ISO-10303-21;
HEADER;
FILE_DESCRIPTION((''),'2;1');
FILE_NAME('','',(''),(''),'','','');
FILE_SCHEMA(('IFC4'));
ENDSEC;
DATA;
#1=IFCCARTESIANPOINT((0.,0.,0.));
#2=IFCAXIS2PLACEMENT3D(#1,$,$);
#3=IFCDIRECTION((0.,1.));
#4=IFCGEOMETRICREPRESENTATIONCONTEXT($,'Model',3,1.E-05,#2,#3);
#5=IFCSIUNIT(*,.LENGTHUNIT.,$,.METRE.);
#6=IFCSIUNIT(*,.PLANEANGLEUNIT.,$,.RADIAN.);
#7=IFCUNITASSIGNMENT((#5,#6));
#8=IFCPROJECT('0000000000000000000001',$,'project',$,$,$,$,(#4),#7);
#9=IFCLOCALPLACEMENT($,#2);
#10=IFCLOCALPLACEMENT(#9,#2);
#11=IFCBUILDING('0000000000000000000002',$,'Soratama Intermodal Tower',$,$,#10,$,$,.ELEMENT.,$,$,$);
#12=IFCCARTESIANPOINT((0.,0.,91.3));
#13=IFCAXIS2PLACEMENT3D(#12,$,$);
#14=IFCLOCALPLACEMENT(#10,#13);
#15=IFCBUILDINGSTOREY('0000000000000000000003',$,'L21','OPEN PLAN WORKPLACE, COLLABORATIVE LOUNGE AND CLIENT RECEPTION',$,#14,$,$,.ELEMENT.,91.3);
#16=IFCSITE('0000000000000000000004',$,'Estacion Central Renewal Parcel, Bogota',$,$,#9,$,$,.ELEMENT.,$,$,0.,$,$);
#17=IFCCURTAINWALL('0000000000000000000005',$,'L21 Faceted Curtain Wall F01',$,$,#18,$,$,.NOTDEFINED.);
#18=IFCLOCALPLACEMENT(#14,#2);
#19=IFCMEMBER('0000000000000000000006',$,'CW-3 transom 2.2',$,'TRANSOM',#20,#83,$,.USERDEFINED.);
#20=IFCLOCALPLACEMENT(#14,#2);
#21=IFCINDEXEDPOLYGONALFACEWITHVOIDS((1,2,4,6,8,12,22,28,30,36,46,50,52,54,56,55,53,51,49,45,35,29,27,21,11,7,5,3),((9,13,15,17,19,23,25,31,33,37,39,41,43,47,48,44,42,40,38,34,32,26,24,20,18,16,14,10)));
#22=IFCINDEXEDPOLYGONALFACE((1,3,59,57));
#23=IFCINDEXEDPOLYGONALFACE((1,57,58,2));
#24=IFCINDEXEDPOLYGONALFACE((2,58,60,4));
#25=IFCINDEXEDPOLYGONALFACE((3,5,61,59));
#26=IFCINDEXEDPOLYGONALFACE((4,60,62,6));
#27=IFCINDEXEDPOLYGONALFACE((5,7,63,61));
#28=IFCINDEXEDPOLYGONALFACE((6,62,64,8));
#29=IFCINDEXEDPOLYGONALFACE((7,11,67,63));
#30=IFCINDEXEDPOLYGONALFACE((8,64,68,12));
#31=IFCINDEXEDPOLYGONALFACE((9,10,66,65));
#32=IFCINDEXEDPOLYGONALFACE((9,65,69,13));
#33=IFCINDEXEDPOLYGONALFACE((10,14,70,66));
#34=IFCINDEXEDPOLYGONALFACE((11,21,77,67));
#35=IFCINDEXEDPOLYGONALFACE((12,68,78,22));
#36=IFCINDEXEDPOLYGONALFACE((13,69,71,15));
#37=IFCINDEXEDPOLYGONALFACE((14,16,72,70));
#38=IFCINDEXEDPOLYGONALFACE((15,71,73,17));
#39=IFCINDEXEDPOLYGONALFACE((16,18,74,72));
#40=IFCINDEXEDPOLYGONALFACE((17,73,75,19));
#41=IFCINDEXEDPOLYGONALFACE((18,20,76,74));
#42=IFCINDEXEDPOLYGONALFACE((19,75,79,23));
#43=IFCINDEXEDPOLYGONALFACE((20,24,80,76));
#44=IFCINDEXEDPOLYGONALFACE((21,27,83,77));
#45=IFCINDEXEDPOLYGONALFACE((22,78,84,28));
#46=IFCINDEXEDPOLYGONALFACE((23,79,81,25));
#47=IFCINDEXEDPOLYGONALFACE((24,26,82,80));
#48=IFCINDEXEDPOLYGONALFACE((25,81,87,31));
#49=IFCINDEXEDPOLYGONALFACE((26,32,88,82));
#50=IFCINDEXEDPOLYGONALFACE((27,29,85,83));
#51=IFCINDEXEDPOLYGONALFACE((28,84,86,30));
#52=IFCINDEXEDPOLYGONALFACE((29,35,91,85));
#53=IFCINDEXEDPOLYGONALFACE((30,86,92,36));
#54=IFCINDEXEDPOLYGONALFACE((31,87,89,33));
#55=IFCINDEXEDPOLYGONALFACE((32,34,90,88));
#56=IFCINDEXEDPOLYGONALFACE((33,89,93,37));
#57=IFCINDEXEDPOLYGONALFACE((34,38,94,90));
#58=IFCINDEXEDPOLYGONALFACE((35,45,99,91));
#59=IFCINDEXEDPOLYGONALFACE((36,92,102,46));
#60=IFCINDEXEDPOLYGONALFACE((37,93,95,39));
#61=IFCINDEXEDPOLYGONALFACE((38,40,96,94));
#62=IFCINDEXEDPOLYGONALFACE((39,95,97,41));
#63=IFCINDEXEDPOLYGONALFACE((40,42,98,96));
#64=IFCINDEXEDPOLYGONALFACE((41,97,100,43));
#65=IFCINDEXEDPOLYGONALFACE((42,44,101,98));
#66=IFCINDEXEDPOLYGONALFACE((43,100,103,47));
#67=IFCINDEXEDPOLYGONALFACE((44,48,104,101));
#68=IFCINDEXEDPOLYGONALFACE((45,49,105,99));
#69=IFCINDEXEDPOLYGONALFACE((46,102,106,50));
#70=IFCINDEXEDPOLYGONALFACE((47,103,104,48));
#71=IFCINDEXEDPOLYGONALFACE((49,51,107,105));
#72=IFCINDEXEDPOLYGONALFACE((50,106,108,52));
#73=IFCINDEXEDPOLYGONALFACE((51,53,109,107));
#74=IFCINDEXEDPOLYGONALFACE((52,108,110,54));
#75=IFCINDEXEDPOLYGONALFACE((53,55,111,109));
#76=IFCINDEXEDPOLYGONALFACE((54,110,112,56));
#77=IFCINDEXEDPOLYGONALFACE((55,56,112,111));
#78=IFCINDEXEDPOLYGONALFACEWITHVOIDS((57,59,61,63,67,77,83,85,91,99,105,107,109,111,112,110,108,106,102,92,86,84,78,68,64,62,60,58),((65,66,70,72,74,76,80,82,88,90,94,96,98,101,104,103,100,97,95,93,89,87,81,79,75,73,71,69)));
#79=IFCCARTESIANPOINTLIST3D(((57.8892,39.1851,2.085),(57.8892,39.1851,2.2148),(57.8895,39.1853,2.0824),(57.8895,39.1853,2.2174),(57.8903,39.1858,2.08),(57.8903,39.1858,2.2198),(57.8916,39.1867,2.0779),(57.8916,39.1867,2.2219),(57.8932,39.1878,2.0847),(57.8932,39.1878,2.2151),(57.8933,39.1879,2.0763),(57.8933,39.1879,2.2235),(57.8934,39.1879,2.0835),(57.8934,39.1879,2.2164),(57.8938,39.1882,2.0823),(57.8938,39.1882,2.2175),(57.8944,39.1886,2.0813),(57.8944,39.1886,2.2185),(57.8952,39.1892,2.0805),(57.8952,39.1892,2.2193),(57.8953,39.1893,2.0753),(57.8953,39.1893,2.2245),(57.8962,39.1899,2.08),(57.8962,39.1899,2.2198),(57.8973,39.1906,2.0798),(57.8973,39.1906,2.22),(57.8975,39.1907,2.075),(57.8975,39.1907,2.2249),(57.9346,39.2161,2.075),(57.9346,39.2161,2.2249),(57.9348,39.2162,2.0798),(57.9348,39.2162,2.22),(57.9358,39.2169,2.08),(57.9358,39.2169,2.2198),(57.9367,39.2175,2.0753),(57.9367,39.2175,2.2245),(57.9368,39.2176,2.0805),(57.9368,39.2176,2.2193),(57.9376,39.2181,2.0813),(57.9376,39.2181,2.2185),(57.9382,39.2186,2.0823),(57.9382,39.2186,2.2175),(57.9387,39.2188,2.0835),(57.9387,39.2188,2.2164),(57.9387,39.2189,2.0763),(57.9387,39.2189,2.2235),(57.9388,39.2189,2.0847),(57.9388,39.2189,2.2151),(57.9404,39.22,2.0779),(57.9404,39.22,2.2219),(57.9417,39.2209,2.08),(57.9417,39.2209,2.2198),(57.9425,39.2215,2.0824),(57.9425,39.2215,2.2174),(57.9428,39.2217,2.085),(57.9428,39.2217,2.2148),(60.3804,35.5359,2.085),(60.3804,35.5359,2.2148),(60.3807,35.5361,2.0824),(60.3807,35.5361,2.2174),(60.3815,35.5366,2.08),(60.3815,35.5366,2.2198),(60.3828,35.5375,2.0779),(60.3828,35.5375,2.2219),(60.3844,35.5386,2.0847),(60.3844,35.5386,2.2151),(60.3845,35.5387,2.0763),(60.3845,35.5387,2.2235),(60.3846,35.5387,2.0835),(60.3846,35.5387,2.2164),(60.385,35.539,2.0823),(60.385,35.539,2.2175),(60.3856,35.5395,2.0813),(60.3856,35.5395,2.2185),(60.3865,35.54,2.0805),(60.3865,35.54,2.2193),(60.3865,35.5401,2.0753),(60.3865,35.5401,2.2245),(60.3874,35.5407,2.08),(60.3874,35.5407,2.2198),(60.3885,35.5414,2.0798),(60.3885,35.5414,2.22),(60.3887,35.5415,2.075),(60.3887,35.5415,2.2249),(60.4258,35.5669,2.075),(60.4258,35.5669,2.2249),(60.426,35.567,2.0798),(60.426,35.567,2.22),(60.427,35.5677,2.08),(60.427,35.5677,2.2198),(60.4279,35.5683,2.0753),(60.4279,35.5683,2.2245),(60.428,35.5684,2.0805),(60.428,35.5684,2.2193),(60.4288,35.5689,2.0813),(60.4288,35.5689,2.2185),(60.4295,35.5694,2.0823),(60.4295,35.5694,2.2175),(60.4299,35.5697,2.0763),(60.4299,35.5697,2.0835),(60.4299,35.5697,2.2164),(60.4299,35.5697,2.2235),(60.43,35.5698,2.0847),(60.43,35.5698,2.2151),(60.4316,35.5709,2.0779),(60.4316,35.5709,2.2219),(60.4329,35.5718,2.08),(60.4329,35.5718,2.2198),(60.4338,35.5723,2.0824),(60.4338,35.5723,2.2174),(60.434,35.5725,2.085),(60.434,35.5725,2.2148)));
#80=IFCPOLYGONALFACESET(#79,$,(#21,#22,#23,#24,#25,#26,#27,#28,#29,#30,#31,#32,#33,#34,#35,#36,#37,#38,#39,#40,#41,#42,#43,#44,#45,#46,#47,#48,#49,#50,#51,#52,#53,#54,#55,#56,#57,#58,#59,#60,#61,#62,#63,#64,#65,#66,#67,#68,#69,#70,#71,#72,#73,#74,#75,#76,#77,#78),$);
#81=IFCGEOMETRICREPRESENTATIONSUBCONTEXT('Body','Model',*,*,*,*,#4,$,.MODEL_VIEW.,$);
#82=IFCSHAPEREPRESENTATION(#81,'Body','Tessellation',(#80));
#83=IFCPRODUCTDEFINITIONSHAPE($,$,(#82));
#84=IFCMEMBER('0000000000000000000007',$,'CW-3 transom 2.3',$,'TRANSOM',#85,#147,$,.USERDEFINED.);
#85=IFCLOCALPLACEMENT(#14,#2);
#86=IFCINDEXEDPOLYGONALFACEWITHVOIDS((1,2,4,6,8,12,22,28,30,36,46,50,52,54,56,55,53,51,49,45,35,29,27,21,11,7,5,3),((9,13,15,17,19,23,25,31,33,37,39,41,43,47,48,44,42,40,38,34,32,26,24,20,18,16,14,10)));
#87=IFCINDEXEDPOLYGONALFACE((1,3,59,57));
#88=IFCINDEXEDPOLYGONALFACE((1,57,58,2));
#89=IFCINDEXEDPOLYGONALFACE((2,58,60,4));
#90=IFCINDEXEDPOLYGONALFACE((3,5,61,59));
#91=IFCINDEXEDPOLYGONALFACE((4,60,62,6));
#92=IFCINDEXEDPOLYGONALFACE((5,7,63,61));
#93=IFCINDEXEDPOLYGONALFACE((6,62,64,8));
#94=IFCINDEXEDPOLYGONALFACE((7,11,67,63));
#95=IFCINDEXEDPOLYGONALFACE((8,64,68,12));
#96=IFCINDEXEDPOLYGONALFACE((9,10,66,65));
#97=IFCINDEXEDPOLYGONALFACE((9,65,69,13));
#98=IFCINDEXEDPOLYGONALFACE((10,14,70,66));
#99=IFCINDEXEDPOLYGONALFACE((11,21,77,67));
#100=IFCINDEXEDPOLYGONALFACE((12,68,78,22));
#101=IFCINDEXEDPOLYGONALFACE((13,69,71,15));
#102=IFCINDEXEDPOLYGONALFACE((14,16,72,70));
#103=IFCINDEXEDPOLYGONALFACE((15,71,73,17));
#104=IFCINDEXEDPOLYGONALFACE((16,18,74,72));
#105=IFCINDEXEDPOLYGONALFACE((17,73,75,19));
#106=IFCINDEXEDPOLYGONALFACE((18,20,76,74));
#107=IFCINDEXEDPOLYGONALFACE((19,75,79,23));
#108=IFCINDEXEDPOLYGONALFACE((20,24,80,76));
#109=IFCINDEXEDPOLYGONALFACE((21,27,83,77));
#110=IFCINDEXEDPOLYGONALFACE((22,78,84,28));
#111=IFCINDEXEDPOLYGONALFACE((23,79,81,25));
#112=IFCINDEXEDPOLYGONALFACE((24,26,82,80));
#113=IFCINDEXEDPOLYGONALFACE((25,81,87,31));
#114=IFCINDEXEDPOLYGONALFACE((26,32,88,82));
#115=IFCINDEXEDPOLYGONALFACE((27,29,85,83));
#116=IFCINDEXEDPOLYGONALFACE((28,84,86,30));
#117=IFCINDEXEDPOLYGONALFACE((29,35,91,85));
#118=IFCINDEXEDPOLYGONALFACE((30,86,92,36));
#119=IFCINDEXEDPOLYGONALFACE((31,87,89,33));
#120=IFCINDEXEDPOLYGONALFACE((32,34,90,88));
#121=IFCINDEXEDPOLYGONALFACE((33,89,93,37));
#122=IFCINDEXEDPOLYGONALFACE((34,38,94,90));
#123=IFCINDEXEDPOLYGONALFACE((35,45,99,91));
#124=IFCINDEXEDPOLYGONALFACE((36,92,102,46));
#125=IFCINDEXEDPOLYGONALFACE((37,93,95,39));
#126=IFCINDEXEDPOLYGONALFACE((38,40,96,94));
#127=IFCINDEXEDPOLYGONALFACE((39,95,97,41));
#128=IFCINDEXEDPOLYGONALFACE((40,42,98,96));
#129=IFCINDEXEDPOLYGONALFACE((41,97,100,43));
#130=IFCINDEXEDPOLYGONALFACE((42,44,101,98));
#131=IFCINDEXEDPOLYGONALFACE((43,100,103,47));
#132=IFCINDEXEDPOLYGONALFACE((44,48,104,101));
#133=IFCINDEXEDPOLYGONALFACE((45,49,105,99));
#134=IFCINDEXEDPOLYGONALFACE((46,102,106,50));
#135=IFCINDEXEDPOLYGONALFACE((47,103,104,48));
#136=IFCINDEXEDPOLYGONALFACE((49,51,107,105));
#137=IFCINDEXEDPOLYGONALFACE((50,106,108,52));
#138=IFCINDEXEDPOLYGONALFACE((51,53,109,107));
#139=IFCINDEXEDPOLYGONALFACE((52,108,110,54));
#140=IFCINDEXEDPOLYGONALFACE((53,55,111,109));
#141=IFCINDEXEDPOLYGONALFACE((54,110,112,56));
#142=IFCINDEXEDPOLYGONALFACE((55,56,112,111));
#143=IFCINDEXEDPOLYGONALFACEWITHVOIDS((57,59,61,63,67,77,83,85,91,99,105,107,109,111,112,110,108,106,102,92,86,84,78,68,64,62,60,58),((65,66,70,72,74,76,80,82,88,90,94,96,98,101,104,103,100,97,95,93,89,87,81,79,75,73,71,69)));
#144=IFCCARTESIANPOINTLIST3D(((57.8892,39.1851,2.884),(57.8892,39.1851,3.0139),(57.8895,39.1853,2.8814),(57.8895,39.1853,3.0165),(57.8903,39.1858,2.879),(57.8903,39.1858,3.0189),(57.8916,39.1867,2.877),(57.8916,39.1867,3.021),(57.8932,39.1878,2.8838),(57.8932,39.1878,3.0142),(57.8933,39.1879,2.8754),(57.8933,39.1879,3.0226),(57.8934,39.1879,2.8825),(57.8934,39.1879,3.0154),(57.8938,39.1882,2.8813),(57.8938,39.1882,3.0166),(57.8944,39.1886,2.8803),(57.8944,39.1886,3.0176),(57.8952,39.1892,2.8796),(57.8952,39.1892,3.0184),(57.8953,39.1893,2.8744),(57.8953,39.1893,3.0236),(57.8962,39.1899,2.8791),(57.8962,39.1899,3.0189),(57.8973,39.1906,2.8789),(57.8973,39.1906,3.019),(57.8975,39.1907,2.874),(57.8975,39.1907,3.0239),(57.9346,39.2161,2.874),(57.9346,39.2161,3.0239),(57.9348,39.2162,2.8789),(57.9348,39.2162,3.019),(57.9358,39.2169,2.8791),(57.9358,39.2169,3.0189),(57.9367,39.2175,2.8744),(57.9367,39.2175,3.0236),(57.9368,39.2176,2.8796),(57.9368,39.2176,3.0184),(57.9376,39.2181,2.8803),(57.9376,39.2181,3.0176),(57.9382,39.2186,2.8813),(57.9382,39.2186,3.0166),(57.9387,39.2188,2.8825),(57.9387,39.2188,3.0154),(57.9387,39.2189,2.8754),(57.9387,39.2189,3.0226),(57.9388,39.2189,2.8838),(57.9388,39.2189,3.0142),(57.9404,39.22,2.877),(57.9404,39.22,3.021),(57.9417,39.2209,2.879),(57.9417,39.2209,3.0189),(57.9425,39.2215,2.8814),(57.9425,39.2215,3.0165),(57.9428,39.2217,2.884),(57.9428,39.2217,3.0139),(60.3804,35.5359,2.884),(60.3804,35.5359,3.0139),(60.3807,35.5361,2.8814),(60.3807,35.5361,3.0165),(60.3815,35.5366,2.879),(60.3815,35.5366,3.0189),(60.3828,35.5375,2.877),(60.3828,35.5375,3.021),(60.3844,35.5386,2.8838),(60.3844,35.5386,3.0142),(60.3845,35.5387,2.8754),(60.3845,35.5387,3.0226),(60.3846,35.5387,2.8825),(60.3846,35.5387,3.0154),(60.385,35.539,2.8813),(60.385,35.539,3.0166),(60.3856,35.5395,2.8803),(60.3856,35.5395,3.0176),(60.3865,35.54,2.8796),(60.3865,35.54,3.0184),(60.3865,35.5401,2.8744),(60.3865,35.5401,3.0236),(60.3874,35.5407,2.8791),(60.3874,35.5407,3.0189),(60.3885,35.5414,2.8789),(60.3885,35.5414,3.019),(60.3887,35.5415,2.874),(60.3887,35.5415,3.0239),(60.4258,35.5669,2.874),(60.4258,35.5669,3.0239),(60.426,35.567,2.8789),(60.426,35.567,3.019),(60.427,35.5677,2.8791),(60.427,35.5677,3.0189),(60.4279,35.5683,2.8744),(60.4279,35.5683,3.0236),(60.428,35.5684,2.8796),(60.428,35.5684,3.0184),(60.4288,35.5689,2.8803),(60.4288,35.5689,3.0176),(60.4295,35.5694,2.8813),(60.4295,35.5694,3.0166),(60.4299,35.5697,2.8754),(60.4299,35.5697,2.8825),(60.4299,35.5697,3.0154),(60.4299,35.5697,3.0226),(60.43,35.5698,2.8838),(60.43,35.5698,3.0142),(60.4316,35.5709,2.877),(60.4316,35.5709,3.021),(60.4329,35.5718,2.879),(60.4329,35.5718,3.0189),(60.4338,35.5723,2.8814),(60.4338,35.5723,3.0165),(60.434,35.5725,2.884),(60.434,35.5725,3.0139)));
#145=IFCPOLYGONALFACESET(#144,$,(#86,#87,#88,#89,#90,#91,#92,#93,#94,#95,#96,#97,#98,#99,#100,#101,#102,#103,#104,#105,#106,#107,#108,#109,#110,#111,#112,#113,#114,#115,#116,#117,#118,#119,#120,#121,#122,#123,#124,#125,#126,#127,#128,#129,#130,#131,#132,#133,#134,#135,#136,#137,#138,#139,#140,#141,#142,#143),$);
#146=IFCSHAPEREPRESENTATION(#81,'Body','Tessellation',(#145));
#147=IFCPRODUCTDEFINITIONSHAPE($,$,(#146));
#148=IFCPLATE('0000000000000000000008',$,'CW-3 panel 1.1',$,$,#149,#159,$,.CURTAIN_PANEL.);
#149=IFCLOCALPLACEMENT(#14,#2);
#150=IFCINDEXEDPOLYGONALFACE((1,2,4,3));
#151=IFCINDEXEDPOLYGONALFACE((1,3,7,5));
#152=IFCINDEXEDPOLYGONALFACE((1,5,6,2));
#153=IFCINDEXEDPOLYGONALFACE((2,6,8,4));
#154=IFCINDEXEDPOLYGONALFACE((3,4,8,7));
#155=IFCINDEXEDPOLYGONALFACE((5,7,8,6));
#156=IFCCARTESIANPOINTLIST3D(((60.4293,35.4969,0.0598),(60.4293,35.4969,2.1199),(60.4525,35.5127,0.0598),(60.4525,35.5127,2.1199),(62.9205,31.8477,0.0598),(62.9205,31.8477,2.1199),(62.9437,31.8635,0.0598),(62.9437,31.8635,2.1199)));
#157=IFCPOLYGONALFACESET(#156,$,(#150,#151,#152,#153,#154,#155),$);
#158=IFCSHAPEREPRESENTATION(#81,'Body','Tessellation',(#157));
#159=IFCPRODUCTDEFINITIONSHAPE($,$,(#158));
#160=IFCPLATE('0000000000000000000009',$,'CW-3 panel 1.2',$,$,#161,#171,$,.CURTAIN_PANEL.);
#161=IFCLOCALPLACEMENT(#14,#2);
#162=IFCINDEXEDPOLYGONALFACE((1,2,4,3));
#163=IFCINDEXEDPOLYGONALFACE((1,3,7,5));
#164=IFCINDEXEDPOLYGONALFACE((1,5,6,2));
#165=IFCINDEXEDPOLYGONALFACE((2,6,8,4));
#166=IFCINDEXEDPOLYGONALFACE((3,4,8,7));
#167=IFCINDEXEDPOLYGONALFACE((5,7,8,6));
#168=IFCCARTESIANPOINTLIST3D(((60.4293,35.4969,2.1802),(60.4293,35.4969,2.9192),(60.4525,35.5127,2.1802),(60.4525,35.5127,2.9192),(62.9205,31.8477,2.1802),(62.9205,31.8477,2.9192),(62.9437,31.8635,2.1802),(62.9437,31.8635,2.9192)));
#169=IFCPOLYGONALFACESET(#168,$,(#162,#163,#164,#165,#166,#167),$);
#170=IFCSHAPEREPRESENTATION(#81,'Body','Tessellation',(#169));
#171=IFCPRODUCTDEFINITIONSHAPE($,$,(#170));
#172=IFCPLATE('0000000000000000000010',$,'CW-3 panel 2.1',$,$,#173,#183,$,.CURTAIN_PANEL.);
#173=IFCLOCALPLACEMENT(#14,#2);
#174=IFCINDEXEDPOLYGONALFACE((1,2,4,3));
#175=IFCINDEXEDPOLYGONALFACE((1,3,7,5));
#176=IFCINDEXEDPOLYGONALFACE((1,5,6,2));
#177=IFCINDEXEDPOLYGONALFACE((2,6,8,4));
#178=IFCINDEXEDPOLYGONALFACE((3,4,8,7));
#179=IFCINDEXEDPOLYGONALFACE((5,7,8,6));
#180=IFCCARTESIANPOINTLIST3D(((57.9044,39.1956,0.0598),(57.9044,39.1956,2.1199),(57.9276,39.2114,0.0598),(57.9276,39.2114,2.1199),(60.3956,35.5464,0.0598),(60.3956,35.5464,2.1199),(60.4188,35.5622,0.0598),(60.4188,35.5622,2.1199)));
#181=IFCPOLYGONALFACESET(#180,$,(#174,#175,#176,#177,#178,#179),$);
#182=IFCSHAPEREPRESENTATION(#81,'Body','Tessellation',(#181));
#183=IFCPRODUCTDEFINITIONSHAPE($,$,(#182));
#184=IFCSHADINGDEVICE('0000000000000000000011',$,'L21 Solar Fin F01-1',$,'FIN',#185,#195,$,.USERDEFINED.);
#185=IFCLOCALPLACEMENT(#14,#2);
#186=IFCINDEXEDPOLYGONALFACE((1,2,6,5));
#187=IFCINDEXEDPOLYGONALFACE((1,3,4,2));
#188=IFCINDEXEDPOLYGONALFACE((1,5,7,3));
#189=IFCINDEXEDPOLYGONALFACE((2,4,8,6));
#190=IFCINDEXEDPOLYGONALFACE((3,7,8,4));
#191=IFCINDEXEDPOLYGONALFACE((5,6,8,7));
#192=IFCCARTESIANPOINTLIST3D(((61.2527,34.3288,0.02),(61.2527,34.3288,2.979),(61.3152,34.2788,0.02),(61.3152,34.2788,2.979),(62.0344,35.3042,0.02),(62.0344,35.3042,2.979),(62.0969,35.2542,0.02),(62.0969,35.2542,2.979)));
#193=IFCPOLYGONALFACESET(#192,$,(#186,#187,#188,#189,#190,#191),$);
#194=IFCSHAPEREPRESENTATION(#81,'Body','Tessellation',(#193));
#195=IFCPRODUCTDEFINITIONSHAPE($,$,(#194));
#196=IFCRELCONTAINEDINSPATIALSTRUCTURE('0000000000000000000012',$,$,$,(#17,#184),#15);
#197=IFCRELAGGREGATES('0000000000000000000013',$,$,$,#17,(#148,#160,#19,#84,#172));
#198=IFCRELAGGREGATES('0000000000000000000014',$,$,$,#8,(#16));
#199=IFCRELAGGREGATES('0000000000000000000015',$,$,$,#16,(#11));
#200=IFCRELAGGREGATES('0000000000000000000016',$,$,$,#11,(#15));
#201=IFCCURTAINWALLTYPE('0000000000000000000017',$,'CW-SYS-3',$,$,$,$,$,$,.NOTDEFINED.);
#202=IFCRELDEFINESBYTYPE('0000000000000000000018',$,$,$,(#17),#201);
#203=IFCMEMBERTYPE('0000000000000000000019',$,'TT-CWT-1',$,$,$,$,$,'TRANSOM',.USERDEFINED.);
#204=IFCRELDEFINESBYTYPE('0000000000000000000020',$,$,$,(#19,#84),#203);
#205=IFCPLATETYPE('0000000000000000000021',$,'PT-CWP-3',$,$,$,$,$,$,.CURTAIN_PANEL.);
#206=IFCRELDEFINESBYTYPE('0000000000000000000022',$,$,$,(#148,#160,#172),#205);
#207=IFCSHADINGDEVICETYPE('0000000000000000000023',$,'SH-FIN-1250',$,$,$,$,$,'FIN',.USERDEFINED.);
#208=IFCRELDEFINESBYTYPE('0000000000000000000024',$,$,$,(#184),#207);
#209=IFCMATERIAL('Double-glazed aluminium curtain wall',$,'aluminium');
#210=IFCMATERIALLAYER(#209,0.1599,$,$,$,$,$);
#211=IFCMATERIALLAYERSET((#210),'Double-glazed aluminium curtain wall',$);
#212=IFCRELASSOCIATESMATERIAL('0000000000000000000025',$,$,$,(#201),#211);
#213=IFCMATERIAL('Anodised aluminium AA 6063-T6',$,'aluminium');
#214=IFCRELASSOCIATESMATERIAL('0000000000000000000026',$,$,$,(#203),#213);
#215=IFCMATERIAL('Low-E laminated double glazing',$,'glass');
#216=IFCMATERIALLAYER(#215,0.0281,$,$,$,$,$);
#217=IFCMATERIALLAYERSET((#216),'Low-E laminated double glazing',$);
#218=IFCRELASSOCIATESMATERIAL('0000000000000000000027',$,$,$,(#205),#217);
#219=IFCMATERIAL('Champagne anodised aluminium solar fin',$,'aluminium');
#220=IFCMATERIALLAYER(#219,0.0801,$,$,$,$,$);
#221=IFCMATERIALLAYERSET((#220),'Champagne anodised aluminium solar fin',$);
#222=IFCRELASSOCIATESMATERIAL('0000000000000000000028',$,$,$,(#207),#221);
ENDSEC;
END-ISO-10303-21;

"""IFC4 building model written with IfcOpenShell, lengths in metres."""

from ifc_helpers import new_model, si_unit, direction, frame, origin, origin_2d, place, context, subcontext, project, spatial, rectangle, hollow_rectangle, extrude, material, layer, layer_set, material_profile, profile_set, type_object, element, aggregate, save


model = new_model("IFC4")

# Units and contexts
model_context = context("Model", 3, precision=1e-05, world=origin(), true_north=direction((0.0, 1.0)))
body_context = subcontext(model_context, "Body", "Model", "MODEL_VIEW")
ifc_project = project(units=[si_unit("LENGTHUNIT", "METRE"), si_unit("PLANEANGLEUNIT", "RADIAN")], contexts=[model_context])

# Site, building, storey
site_placement = place(None, origin())
site = spatial("IfcSite", under=ifc_project, at=site_placement, Name="Estacion Central Renewal Parcel, Bogota", CompositionType="ELEMENT", RefElevation=0.0)
building_placement = place(site_placement, origin())
building = spatial("IfcBuilding", under=site, at=building_placement, Name="Soratama Intermodal Tower", CompositionType="ELEMENT")
storey_placement = place(building_placement, frame((0.0, 0.0, 91.3)))
storey = spatial("IfcBuildingStorey", under=building, at=storey_placement, Name="L21", Description="OPEN PLAN WORKPLACE, COLLABORATIVE LOUNGE AND CLIENT RECEPTION", CompositionType="ELEMENT", Elevation=91.3)

# Curtain wall, members, plates
ifc_material_1 = material(Name="Double-glazed aluminium curtain wall", Category="aluminium")
ifc_layer_1 = layer(ifc_material_1, 0.1599)
ifc_layer_set_1 = layer_set([ifc_layer_1], Name="Double-glazed aluminium curtain wall")
curtain_wall_type = type_object("IfcCurtainWallType", Name="CW-SYS-3", PredefinedType="NOTDEFINED", material=ifc_layer_set_1)
curtain_wall_placement = place(storey_placement, origin())
curtain_wall = element("IfcCurtainWall", 1, at=curtain_wall_placement, inside=storey, type_object=curtain_wall_type, Name="L21 Faceted Curtain Wall F01", PredefinedType="NOTDEFINED")
ifc_material_2 = material(Name="Anodised aluminium AA 6063-T6", Category="aluminium")
ifc_material_profile_1 = material_profile(ifc_material_2, hollow_rectangle(XDim=0.0649, YDim=0.1499, WallThickness=0.0049, InnerFilletRadius=0.0049, OuterFilletRadius=0.01, at=origin_2d()), Name="CWT150X65X5")
ifc_profile_set_1 = profile_set([ifc_material_profile_1], Name="Anodised aluminium AA 6063-T6")
member_type_1 = type_object("IfcMemberType", Name="TT-CWT-1", ElementType="TRANSOM", PredefinedType="USERDEFINED", material=ifc_profile_set_1)
member_1_placement = place(storey_placement, frame((60.4072, 35.5542, 2.1499), z_axis=(-0.563822, 0.825896, 0.0), x_axis=(-0.825896, -0.563822, 0.0)))
member_1 = element("IfcMember", 2, at=member_1_placement, type_object=member_type_1, Name="CW-3 transom 2.2", ObjectType="TRANSOM", PredefinedType="USERDEFINED", context=body_context, shape_type="SweptSolid", body=[
    extrude(hollow_rectangle(XDim=0.0649, YDim=0.1499, WallThickness=0.0049, InnerFilletRadius=0.0049, OuterFilletRadius=0.01, at=origin_2d()), origin(), (0.0, 0.0, 1.0), 4.4185),
])
member_2_placement = place(storey_placement, frame((60.4072, 35.5542, 2.949), z_axis=(-0.563822, 0.825896, 0.0), x_axis=(-0.825896, -0.563822, 0.0)))
member_2 = element("IfcMember", 3, at=member_2_placement, type_object=member_type_1, Name="CW-3 transom 2.3", ObjectType="TRANSOM", PredefinedType="USERDEFINED", context=body_context, shape_type="SweptSolid", body=[
    extrude(hollow_rectangle(XDim=0.0649, YDim=0.1499, WallThickness=0.0049, InnerFilletRadius=0.0049, OuterFilletRadius=0.01, at=origin_2d()), origin(), (0.0, 0.0, 1.0), 4.4185),
])
ifc_material_3 = material(Name="Low-E laminated double glazing", Category="glass")
ifc_layer_2 = layer(ifc_material_3, 0.0281)
ifc_layer_set_2 = layer_set([ifc_layer_2], Name="Low-E laminated double glazing")
plate_type = type_object("IfcPlateType", Name="PT-CWP-3", PredefinedType="CURTAIN_PANEL", material=ifc_layer_set_2)
plate_1_placement = place(storey_placement, frame((61.6865, 33.6802, 0.0598), z_axis=(0.0, 0.0, 1.0), x_axis=(-0.563814, 0.825902, 0.0)))
plate_1 = element("IfcPlate", 4, at=plate_1_placement, type_object=plate_type, Name="CW-3 panel 1.1", PredefinedType="CURTAIN_PANEL", context=body_context, shape_type="SweptSolid", body=[
    extrude(rectangle(XDim=4.4185, YDim=0.0281, at=origin_2d()), origin(), (0.0, 0.0, 1.0), 2.0601),
])
plate_2_placement = place(storey_placement, frame((61.6865, 33.6802, 2.1802), z_axis=(0.0, 0.0, 1.0), x_axis=(-0.563814, 0.825902, 0.0)))
plate_2 = element("IfcPlate", 5, at=plate_2_placement, type_object=plate_type, Name="CW-3 panel 1.2", PredefinedType="CURTAIN_PANEL", context=body_context, shape_type="SweptSolid", body=[
    extrude(rectangle(XDim=4.4185, YDim=0.0281, at=origin_2d()), origin(), (0.0, 0.0, 1.0), 0.739),
])
plate_3_placement = place(storey_placement, frame((59.1616, 37.3789, 0.0598), z_axis=(0.0, 0.0, 1.0), x_axis=(-0.563814, 0.825902, 0.0)))
plate_3 = element("IfcPlate", 6, at=plate_3_placement, type_object=plate_type, Name="CW-3 panel 2.1", PredefinedType="CURTAIN_PANEL", context=body_context, shape_type="SweptSolid", body=[
    extrude(rectangle(XDim=4.4185, YDim=0.0281, at=origin_2d()), origin(), (0.0, 0.0, 1.0), 2.0601),
])
aggregate(curtain_wall, [plate_1, plate_2, member_1, member_2, plate_3])

# Shading device
ifc_material_4 = material(Name="Champagne anodised aluminium solar fin", Category="aluminium")
ifc_layer_3 = layer(ifc_material_4, 0.0801)
ifc_layer_set_3 = layer_set([ifc_layer_3], Name="Champagne anodised aluminium solar fin")
shading_device_type = type_object("IfcShadingDeviceType", Name="SH-FIN-1250", ElementType="FIN", PredefinedType="USERDEFINED", material=ifc_layer_set_3)
for number, where, z_axis, x_axis, name in (
    (7, (61.6748, 34.7915, 0.02), (0.0, 0.0, 1.0), (0.625379, 0.780321, 0.0), "L21 Solar Fin F01-1"),
):
    element("IfcShadingDevice", number, at=place(storey_placement, frame(where, z_axis=z_axis, x_axis=x_axis)), inside=storey, type_object=shading_device_type, Name=name, ObjectType="FIN", PredefinedType="USERDEFINED", context=body_context, shape_type="SweptSolid", body=[
        extrude(rectangle(XDim=1.25, YDim=0.0801, at=origin_2d()), origin(), (0.0, 0.0, 1.0), 2.959),
    ])

save(model, "model.ifc")
